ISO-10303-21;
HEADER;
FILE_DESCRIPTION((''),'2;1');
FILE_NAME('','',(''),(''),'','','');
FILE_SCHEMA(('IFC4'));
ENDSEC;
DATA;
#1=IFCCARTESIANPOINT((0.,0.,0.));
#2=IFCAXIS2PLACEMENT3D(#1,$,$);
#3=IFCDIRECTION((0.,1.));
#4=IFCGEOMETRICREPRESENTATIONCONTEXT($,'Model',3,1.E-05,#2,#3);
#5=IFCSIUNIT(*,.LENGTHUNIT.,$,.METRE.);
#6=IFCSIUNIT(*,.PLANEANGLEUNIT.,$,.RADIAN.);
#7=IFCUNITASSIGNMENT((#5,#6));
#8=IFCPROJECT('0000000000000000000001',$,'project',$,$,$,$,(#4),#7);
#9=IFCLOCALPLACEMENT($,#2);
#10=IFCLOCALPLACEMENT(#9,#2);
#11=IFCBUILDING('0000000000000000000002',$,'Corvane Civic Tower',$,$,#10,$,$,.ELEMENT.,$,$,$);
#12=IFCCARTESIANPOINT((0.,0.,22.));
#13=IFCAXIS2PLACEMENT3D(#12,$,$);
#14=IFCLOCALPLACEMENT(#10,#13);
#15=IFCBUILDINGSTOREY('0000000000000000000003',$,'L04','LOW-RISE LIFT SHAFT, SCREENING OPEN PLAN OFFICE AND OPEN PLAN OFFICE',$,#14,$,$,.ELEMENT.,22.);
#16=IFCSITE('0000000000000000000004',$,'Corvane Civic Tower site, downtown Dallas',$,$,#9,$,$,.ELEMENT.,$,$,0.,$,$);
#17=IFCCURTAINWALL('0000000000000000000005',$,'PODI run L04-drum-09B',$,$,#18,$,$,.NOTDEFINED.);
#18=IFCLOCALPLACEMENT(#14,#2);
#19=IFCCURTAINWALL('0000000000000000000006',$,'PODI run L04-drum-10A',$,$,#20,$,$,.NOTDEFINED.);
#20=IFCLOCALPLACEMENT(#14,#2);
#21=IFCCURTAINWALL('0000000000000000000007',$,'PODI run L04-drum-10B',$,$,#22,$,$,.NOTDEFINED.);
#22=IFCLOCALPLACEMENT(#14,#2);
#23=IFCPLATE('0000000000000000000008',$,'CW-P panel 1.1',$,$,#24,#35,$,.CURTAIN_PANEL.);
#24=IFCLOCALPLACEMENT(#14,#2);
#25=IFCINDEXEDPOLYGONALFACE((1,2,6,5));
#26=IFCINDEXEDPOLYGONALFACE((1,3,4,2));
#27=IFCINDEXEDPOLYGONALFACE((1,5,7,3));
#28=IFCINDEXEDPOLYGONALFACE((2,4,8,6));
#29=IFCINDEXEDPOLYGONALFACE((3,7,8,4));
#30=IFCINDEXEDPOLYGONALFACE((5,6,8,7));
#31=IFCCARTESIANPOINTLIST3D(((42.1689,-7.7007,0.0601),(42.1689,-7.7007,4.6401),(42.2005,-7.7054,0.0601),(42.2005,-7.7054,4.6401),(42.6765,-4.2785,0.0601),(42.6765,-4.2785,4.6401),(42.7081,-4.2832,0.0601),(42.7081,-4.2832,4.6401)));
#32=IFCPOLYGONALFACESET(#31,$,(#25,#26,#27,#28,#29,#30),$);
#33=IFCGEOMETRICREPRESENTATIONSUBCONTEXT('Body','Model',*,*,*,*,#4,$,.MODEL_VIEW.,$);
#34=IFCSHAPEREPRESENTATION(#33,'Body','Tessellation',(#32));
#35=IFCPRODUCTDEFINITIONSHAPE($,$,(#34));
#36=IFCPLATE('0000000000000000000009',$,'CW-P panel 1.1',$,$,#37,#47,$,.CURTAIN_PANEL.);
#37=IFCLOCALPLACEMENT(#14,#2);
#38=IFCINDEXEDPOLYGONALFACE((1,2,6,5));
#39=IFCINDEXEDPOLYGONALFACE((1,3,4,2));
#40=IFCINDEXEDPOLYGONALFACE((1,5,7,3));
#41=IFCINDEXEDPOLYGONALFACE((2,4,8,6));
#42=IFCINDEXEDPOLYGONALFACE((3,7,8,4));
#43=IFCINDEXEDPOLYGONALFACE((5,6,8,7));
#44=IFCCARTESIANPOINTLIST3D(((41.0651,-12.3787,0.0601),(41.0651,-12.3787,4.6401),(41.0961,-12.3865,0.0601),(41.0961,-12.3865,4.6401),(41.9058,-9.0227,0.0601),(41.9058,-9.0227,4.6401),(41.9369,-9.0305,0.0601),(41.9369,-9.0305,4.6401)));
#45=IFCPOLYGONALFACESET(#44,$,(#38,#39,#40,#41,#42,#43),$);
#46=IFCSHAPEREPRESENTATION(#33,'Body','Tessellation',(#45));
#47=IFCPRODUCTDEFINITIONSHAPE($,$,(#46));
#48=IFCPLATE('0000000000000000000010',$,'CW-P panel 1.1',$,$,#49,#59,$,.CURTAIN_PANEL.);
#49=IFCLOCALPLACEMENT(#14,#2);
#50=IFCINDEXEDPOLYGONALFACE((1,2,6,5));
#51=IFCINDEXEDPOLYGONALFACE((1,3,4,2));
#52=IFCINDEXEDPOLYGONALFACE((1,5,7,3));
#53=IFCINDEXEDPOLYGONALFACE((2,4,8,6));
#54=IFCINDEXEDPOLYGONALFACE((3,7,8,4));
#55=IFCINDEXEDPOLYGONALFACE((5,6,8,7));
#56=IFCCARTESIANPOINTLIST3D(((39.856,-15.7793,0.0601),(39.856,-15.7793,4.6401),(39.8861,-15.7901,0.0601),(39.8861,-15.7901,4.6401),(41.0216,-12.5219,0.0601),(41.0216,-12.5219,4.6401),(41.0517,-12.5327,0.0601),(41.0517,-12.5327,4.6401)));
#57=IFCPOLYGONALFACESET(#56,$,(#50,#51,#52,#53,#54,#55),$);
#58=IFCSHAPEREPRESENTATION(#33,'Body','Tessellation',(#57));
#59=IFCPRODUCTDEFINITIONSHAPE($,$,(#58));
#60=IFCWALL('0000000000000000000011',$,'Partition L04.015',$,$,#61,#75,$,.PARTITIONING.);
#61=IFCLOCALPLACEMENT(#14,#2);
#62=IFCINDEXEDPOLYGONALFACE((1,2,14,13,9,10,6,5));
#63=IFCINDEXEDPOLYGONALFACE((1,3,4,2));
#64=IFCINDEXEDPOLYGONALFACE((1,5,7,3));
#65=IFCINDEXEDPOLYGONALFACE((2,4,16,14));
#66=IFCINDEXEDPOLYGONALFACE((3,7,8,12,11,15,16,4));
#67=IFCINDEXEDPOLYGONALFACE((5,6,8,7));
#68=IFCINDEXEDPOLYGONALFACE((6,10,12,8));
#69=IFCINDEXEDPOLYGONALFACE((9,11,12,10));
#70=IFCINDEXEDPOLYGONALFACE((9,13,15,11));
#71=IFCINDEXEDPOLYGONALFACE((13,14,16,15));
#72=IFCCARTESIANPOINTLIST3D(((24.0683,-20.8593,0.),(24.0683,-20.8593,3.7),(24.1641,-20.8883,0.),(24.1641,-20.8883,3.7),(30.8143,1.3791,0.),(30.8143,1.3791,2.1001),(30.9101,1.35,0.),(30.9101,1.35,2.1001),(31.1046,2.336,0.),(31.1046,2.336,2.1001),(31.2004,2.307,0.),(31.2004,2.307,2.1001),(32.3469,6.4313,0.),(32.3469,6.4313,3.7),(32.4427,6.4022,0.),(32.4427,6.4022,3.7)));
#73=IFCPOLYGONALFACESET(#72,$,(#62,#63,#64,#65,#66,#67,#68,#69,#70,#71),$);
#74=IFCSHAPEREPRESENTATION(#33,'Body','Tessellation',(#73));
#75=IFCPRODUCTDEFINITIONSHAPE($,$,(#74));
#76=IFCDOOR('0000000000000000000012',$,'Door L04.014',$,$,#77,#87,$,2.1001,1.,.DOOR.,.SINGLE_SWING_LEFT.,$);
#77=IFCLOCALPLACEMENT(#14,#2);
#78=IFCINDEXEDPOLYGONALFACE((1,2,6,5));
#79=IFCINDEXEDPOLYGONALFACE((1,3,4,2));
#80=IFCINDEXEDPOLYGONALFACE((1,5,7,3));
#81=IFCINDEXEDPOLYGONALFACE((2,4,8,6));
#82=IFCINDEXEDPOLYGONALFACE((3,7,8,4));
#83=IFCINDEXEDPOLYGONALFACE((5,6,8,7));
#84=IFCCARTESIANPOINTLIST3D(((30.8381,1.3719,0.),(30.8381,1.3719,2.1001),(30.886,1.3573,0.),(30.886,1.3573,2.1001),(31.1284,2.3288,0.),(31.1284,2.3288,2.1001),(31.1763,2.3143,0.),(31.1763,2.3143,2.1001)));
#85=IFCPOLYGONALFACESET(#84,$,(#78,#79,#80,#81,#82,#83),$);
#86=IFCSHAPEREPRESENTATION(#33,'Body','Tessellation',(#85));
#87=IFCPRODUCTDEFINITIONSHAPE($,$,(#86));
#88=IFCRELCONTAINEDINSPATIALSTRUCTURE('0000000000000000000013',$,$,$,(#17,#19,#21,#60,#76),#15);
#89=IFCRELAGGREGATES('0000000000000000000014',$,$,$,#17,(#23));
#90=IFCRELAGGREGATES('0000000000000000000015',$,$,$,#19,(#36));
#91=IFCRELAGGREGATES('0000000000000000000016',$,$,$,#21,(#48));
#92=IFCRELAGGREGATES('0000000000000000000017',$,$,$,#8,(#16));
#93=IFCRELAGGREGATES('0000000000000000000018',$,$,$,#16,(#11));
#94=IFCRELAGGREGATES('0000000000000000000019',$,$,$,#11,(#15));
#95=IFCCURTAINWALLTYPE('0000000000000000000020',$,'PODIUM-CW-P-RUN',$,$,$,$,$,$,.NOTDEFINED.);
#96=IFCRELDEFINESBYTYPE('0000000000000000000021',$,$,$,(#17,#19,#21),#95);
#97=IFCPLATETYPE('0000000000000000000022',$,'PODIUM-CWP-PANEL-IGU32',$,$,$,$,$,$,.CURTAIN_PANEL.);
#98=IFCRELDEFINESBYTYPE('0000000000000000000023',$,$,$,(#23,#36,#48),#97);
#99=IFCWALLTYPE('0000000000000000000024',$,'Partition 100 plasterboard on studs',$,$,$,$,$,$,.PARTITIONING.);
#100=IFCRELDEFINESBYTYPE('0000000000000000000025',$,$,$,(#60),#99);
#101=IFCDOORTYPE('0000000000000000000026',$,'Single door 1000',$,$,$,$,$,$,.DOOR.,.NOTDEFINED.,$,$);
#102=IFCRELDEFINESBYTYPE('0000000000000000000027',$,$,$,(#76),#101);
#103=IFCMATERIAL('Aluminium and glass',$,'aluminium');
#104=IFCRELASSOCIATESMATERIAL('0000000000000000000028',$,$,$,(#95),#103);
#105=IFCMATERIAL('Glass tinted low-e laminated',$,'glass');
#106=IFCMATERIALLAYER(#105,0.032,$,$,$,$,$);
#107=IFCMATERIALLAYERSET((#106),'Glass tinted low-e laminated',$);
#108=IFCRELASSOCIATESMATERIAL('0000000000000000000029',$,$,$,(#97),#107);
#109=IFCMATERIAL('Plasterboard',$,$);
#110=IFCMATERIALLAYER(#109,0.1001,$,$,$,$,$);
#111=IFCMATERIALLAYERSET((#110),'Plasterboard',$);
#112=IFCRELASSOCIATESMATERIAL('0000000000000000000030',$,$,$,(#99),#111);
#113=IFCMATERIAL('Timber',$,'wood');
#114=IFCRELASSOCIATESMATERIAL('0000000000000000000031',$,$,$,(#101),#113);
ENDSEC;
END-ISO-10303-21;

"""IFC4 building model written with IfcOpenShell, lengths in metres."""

from ifc_helpers import new_model, si_unit, direction, frame, frame_2d, origin, origin_2d, place, context, subcontext, project, spatial, rectangle, extrude, material, layer, layer_set, type_object, element, fill, aggregate, save


model = new_model("IFC4")

# Units and contexts
model_context = context("Model", 3, precision=1e-05, world=origin(), true_north=direction((0.0, 1.0)))
body_context = subcontext(model_context, "Body", "Model", "MODEL_VIEW")
ifc_project = project(units=[si_unit("LENGTHUNIT", "METRE"), si_unit("PLANEANGLEUNIT", "RADIAN")], contexts=[model_context])

# Site, building, storey
site_placement = place(None, origin())
site = spatial("IfcSite", under=ifc_project, at=site_placement, Name="Corvane Civic Tower site, downtown Dallas", CompositionType="ELEMENT", RefElevation=0.0)
building_placement = place(site_placement, origin())
building = spatial("IfcBuilding", under=site, at=building_placement, Name="Corvane Civic Tower", CompositionType="ELEMENT")
storey_placement = place(building_placement, frame((0.0, 0.0, 22.0)))
storey = spatial("IfcBuildingStorey", under=building, at=storey_placement, Name="L04", Description="LOW-RISE LIFT SHAFT, SCREENING OPEN PLAN OFFICE AND OPEN PLAN OFFICE", CompositionType="ELEMENT", Elevation=22.0)

# Curtain walls
ifc_material_1 = material(Name="Aluminium and glass", Category="aluminium")
curtain_wall_type = type_object("IfcCurtainWallType", Name="PODIUM-CW-P-RUN", PredefinedType="NOTDEFINED", material=ifc_material_1)
curtain_wall_1_placement = place(storey_placement, origin())
curtain_wall_1 = element("IfcCurtainWall", 1, at=curtain_wall_1_placement, inside=storey, type_object=curtain_wall_type, Name="PODI run L04-drum-09B", PredefinedType="NOTDEFINED")
curtain_wall_2_placement = place(storey_placement, origin())
curtain_wall_2 = element("IfcCurtainWall", 2, at=curtain_wall_2_placement, inside=storey, type_object=curtain_wall_type, Name="PODI run L04-drum-10A", PredefinedType="NOTDEFINED")
curtain_wall_3_placement = place(storey_placement, origin())
curtain_wall_3 = element("IfcCurtainWall", 3, at=curtain_wall_3_placement, inside=storey, type_object=curtain_wall_type, Name="PODI run L04-drum-10B", PredefinedType="NOTDEFINED")

# Plates
ifc_material_2 = material(Name="Glass tinted low-e laminated", Category="glass")
ifc_layer_1 = layer(ifc_material_2, 0.032)
ifc_layer_set_1 = layer_set([ifc_layer_1], Name="Glass tinted low-e laminated")
plate_type = type_object("IfcPlateType", Name="PODIUM-CWP-PANEL-IGU32", PredefinedType="CURTAIN_PANEL", material=ifc_layer_set_1)
plate_1_placement = place(storey_placement, frame((42.4385, -5.9919, 0.0601), z_axis=(0.0, 0.0, 1.0), x_axis=(-0.146715, -0.989179, 0.0)))
plate_1 = element("IfcPlate", 4, at=plate_1_placement, type_object=plate_type, Name="CW-P panel 1.1", PredefinedType="CURTAIN_PANEL", context=body_context, shape_type="SweptSolid", body=[
    extrude(rectangle(XDim=3.4597, YDim=0.032, at=origin_2d()), origin(), (0.0, 0.0, 1.0), 4.5801),
])
aggregate(curtain_wall_1, [plate_1])
plate_2_placement = place(storey_placement, frame((41.501, -10.7046, 0.0601), z_axis=(0.0, 0.0, 1.0), x_axis=(-0.243009, -0.970024, 0.0)))
plate_2 = element("IfcPlate", 5, at=plate_2_placement, type_object=plate_type, Name="CW-P panel 1.1", PredefinedType="CURTAIN_PANEL", context=body_context, shape_type="SweptSolid", body=[
    extrude(rectangle(XDim=3.4597, YDim=0.032, at=origin_2d()), origin(), (0.0, 0.0, 1.0), 4.5801),
])
aggregate(curtain_wall_2, [plate_2])
plate_3_placement = place(storey_placement, frame((40.4539, -14.156, 0.0601), z_axis=(0.0, 0.0, 1.0), x_axis=(-0.336919, -0.941534, 0.0)))
plate_3 = element("IfcPlate", 6, at=plate_3_placement, type_object=plate_type, Name="CW-P panel 1.1", PredefinedType="CURTAIN_PANEL", context=body_context, shape_type="SweptSolid", body=[
    extrude(rectangle(XDim=3.4597, YDim=0.032, at=origin_2d()), origin(), (0.0, 0.0, 1.0), 4.5801),
])
aggregate(curtain_wall_3, [plate_3])

# Wall, opening, door
ifc_material_3 = material(Name="Plasterboard")
ifc_layer_2 = layer(ifc_material_3, 0.1001)
ifc_layer_set_2 = layer_set([ifc_layer_2], Name="Plasterboard")
wall_type_1 = type_object("IfcWallType", Name="Partition 100 plasterboard on studs", PredefinedType="PARTITIONING", material=ifc_layer_set_2)
wall_1_placement = place(storey_placement, frame((24.1162, -20.8738, 0.0), z_axis=(0.0, 0.0, 1.0), x_axis=(0.290287, 0.95694, 0.0)))
wall_1 = element("IfcWall", 7, at=wall_1_placement, inside=storey, type_object=wall_type_1, Name="Partition L04.015", PredefinedType="PARTITIONING", context=body_context, shape_type="SweptSolid", body=[
    extrude(rectangle(XDim=28.5186, YDim=0.1001, at=frame_2d((14.2593, 0.0))), origin(), (0.0, 0.0, 1.0), 3.7),
])
opening_1_placement = place(wall_1_placement, frame((23.239, 0.0, 0.0)))
opening_1 = element("IfcOpeningElement", 8, at=opening_1_placement, cuts=wall_1, PredefinedType="OPENING", context=body_context, shape_type="SweptSolid", body=[
    extrude(rectangle(XDim=1.0, YDim=2.1001, at=frame_2d((0.5, 1.05))), frame((0.0, 0.0601, 0.0), z_axis=(0.0, -1.0, 0.0), x_axis=(1.0, 0.0, 0.0)), (0.0, 0.0, 1.0), 0.1201),
])
ifc_material_4 = material(Name="Timber", Category="wood")
door_type_1 = type_object("IfcDoorType", Name="Single door 1000", OperationType="NOTDEFINED", PredefinedType="DOOR", material=ifc_material_4)
door_1_placement = place(opening_1_placement, frame((1.0, 0.0, 0.0), z_axis=(0.0, 0.0, 1.0), x_axis=(-1.0, 0.0, 0.0)))
door_1 = element("IfcDoor", 9, at=door_1_placement, inside=storey, type_object=door_type_1, Name="Door L04.014", OperationType="SINGLE_SWING_LEFT", OverallHeight=2.1001, OverallWidth=1.0, PredefinedType="DOOR", context=body_context, shape_type="SweptSolid", body=[
    extrude(rectangle(XDim=1.0, YDim=2.1001, at=frame_2d((0.5, 1.05))), frame((0.0, 0.0249, 0.0), z_axis=(0.0, -1.0, 0.0), x_axis=(1.0, 0.0, 0.0)), (0.0, 0.0, 1.0), 0.05),
])
fill(opening_1, door_1)

save(model, "model.ifc")
